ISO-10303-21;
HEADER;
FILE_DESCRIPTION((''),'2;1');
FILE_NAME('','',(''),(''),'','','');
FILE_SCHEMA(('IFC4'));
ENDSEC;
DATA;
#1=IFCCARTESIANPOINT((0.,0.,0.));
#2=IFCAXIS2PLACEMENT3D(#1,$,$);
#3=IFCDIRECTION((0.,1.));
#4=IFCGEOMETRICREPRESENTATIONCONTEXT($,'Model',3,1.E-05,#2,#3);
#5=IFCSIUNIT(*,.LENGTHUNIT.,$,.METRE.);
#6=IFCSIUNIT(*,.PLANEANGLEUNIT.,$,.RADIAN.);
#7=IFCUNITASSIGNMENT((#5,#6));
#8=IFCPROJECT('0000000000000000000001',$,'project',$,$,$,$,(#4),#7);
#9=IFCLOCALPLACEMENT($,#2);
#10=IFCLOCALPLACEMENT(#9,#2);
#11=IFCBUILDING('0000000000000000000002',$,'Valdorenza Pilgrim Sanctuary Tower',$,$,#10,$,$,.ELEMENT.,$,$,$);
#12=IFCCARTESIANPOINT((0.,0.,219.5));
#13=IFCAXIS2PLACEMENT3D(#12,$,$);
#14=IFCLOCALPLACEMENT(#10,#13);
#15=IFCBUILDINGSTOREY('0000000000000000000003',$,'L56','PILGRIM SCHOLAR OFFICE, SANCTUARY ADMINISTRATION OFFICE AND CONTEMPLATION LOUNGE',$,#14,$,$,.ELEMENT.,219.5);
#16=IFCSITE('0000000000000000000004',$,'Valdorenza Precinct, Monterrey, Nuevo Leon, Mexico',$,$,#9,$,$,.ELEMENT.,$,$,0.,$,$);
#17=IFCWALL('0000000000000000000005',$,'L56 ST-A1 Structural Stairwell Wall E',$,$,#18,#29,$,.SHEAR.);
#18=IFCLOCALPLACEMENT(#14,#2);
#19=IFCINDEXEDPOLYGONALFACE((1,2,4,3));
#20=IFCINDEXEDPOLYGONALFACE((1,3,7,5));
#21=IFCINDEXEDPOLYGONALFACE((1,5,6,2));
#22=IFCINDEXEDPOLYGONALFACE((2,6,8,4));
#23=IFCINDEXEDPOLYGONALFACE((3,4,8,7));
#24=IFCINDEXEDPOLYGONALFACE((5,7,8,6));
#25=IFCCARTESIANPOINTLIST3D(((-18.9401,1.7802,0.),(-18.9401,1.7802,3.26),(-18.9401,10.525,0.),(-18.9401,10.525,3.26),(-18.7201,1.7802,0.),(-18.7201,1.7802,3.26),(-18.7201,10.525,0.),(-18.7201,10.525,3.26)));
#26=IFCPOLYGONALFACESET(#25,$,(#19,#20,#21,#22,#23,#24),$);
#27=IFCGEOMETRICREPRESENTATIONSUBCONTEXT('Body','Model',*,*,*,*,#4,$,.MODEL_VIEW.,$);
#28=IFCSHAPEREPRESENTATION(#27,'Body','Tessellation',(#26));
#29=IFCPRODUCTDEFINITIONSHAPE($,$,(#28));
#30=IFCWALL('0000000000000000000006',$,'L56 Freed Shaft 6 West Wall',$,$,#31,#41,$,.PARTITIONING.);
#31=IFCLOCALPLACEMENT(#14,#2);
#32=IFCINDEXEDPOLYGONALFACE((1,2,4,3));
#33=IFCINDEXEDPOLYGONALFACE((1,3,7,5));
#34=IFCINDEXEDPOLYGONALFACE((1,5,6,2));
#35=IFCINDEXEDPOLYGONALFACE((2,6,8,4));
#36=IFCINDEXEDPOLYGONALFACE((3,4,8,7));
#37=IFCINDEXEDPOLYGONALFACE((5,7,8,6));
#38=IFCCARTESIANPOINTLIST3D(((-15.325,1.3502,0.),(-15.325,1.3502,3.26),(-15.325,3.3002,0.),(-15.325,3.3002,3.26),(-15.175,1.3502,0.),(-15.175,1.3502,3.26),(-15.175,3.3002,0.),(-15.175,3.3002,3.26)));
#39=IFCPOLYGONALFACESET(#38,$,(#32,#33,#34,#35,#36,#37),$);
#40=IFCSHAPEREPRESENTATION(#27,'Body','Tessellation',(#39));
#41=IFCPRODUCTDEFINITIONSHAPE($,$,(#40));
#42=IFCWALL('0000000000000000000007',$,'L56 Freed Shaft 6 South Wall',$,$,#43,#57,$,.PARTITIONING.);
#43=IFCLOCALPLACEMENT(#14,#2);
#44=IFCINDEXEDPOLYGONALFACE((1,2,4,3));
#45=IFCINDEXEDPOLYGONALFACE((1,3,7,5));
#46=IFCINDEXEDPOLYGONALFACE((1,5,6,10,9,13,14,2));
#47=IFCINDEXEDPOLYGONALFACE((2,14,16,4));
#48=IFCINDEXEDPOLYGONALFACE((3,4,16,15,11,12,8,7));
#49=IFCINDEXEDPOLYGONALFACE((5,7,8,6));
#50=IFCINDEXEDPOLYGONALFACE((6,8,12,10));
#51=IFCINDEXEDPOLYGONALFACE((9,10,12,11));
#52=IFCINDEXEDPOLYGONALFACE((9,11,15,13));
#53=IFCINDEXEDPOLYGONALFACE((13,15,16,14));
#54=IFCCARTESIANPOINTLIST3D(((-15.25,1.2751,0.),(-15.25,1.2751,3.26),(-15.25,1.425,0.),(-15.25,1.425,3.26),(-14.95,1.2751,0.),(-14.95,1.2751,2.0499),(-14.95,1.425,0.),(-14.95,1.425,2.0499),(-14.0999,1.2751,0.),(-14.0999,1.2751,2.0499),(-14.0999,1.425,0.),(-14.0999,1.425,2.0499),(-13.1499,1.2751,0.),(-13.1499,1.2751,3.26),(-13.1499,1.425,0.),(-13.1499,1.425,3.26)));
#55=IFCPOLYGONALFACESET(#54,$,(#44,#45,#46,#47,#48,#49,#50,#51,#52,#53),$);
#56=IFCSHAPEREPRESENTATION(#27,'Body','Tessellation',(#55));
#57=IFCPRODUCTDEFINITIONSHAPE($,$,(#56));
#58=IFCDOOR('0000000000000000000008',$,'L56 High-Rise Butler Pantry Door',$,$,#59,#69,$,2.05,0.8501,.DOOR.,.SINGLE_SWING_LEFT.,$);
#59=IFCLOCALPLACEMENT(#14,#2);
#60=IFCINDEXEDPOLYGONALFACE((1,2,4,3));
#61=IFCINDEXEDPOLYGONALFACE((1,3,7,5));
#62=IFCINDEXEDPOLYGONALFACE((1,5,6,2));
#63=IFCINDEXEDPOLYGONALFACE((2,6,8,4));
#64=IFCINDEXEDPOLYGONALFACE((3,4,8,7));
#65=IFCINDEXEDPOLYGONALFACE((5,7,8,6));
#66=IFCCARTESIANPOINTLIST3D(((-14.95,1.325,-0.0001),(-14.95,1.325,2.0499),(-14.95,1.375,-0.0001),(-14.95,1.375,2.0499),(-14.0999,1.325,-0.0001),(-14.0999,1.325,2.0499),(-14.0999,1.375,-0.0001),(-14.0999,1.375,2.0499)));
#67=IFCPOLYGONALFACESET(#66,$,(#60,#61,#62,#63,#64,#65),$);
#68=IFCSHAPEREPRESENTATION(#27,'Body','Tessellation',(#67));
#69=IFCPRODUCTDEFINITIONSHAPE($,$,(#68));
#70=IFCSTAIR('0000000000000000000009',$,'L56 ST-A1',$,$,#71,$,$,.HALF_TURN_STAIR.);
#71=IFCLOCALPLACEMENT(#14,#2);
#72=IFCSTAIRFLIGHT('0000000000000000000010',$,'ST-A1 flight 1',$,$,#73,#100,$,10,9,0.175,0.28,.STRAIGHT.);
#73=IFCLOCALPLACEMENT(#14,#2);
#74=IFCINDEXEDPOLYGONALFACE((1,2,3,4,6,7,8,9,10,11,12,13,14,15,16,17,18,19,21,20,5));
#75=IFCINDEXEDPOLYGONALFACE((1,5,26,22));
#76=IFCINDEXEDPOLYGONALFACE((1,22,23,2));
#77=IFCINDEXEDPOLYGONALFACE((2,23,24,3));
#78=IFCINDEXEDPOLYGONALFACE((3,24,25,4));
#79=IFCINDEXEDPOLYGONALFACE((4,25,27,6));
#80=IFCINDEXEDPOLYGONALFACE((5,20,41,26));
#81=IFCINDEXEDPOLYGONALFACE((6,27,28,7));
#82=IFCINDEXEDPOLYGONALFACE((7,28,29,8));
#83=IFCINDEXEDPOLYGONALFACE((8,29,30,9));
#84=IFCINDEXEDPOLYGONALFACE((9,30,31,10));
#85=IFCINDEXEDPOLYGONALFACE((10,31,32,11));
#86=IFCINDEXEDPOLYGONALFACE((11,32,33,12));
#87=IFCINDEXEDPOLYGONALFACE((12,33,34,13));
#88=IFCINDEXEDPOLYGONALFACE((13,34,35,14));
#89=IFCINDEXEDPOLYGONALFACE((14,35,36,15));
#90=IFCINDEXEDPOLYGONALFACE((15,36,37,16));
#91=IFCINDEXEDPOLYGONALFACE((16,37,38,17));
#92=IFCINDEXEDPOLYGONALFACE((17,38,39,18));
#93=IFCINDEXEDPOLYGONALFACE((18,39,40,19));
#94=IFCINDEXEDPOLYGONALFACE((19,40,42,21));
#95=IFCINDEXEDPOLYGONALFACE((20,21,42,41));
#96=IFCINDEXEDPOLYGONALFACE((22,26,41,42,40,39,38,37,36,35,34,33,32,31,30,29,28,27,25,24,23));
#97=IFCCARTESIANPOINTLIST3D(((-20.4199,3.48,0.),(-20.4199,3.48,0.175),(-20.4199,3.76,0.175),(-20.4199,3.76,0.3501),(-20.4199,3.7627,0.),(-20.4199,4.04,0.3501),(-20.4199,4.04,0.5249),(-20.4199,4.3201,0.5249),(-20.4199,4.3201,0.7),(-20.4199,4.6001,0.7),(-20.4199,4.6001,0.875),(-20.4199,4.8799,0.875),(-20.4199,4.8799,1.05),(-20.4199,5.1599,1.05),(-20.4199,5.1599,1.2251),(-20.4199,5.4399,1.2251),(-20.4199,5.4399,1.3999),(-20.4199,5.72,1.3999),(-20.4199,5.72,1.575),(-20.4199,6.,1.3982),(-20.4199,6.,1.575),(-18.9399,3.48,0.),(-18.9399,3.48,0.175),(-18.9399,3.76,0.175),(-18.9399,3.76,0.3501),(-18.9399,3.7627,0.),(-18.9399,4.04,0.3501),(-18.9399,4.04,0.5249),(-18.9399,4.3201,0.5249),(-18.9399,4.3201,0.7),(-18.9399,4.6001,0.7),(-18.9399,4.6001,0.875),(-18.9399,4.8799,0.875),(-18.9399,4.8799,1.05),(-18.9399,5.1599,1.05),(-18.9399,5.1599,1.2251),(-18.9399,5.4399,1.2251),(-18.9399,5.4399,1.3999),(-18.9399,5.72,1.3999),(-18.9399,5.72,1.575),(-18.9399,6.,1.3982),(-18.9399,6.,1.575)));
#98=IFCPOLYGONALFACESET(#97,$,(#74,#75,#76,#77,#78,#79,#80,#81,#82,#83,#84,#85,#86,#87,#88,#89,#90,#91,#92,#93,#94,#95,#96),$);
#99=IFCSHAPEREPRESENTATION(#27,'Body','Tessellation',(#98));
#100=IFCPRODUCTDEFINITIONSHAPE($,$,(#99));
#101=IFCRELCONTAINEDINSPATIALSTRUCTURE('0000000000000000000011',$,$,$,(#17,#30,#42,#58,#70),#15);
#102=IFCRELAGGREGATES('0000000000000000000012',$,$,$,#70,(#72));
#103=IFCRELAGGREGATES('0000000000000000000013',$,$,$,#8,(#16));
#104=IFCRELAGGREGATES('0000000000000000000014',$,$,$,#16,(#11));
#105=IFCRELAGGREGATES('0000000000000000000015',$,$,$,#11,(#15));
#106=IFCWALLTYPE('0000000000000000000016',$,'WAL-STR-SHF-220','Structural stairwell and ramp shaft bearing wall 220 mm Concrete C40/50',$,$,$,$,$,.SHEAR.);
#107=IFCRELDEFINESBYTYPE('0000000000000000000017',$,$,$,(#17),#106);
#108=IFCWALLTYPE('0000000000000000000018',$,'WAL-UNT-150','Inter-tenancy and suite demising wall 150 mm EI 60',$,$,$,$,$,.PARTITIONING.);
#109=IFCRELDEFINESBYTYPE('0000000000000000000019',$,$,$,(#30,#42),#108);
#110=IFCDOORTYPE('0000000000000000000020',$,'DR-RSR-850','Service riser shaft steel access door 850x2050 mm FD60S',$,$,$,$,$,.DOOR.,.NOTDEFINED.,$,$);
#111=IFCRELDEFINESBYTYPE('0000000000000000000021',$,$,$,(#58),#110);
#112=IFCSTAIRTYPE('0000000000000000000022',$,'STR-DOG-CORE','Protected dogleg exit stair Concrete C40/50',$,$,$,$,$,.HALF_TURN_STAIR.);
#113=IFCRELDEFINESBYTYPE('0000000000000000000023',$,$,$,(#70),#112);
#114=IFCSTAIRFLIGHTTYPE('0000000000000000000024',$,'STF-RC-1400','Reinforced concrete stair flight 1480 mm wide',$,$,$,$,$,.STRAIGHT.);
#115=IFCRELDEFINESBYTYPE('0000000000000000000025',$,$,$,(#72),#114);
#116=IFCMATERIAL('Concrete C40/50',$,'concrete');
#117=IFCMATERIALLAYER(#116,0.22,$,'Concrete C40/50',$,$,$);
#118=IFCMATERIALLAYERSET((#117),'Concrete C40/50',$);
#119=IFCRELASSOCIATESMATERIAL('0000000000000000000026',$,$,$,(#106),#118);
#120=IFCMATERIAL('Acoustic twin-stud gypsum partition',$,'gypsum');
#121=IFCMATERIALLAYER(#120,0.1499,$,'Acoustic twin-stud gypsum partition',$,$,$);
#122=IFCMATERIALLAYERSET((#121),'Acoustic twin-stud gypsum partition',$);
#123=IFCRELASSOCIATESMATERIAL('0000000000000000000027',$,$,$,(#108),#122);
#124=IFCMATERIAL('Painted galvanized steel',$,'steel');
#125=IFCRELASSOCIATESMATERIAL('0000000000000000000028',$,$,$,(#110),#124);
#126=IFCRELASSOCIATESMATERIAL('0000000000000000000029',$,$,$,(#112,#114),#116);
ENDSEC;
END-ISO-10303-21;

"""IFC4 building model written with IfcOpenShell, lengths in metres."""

from ifc_helpers import new_model, si_unit, direction, frame, frame_2d, origin, place, context, subcontext, project, spatial, polyline, rectangle, outline, extrude, material, layer, layer_set, type_object, element, fill, aggregate, save


model = new_model("IFC4")

# Units and contexts
model_context = context("Model", 3, precision=1e-05, world=origin(), true_north=direction((0.0, 1.0)))
body_context = subcontext(model_context, "Body", "Model", "MODEL_VIEW")
ifc_project = project(units=[si_unit("LENGTHUNIT", "METRE"), si_unit("PLANEANGLEUNIT", "RADIAN")], contexts=[model_context])

# Site, building, storey
site_placement = place(None, origin())
site = spatial("IfcSite", under=ifc_project, at=site_placement, Name="Valdorenza Precinct, Monterrey, Nuevo Leon, Mexico", CompositionType="ELEMENT", RefElevation=0.0)
building_placement = place(site_placement, origin())
building = spatial("IfcBuilding", under=site, at=building_placement, Name="Valdorenza Pilgrim Sanctuary Tower", CompositionType="ELEMENT")
storey_placement = place(building_placement, frame((0.0, 0.0, 219.5)))
storey = spatial("IfcBuildingStorey", under=building, at=storey_placement, Name="L56", Description="PILGRIM SCHOLAR OFFICE, SANCTUARY ADMINISTRATION OFFICE AND CONTEMPLATION LOUNGE", CompositionType="ELEMENT", Elevation=219.5)

# Shared definitions
ifc_material_1 = material(Name="Acoustic twin-stud gypsum partition", Category="gypsum")

# Walls
ifc_material_2 = material(Name="Concrete C40/50", Category="concrete")
ifc_layer_1 = layer(ifc_material_2, 0.22, Name="Concrete C40/50")
ifc_layer_set_1 = layer_set([ifc_layer_1], Name="Concrete C40/50")
wall_type_1 = type_object("IfcWallType", Name="WAL-STR-SHF-220", Description="Structural stairwell and ramp shaft bearing wall 220 mm Concrete C40/50", PredefinedType="SHEAR", material=ifc_layer_set_1)
wall_1_placement = place(storey_placement, frame((-18.8301, 1.78, 0.0), z_axis=(0.0, 0.0, 1.0), x_axis=(0.0, 1.0, 0.0)))
element("IfcWall", 1, at=wall_1_placement, inside=storey, type_object=wall_type_1, Name="L56 ST-A1 Structural Stairwell Wall E", PredefinedType="SHEAR", context=body_context, shape_type="SweptSolid", body=[
    extrude(rectangle(XDim=8.7449, YDim=0.22, at=frame_2d((4.3726, 0.0))), origin(), (0.0, 0.0, 1.0), 3.26),
])
ifc_layer_2 = layer(ifc_material_1, 0.1499, Name="Acoustic twin-stud gypsum partition")
ifc_layer_set_2 = layer_set([ifc_layer_2], Name="Acoustic twin-stud gypsum partition")
wall_type_2 = type_object("IfcWallType", Name="WAL-UNT-150", Description="Inter-tenancy and suite demising wall 150 mm EI 60", PredefinedType="PARTITIONING", material=ifc_layer_set_2)
wall_2_placement = place(storey_placement, frame((-15.25, 1.3501, 0.0), z_axis=(0.0, 0.0, 1.0), x_axis=(0.0, 1.0, 0.0)))
element("IfcWall", 2, at=wall_2_placement, inside=storey, type_object=wall_type_2, Name="L56 Freed Shaft 6 West Wall", PredefinedType="PARTITIONING", context=body_context, shape_type="SweptSolid", body=[
    extrude(rectangle(XDim=1.95, YDim=0.1499, at=frame_2d((0.9751, 0.0))), origin(), (0.0, 0.0, 1.0), 3.26),
])

# Wall, opening, door
wall_3_placement = place(storey_placement, frame((-15.25, 1.3501, 0.0), z_axis=(0.0, 0.0, 1.0), x_axis=(1.0, 0.0, 0.0)))
wall_3 = element("IfcWall", 3, at=wall_3_placement, inside=storey, type_object=wall_type_2, Name="L56 Freed Shaft 6 South Wall", PredefinedType="PARTITIONING", context=body_context, shape_type="SweptSolid", body=[
    extrude(rectangle(XDim=2.1001, YDim=0.1499, at=frame_2d((1.05, 0.0))), origin(), (0.0, 0.0, 1.0), 3.26),
])
opening_1_placement = place(wall_3_placement, frame((0.3, 0.0, 0.0)))
opening_1 = element("IfcOpeningElement", 4, at=opening_1_placement, cuts=wall_3, PredefinedType="OPENING", context=body_context, shape_type="SweptSolid", body=[
    extrude(rectangle(XDim=0.8501, YDim=2.05, at=frame_2d((0.425, 1.0249))), frame((0.0, 0.0898, 0.0), z_axis=(0.0, -1.0, 0.0), x_axis=(1.0, 0.0, 0.0)), (0.0, 0.0, 1.0), 0.1797),
])
ifc_material_3 = material(Name="Painted galvanized steel", Category="steel")
door_type_1 = type_object("IfcDoorType", Name="DR-RSR-850", Description="Service riser shaft steel access door 850x2050 mm FD60S", OperationType="NOTDEFINED", PredefinedType="DOOR", material=ifc_material_3)
door_1_placement = place(opening_1_placement, origin())
door_1 = element("IfcDoor", 5, at=door_1_placement, inside=storey, type_object=door_type_1, Name="L56 High-Rise Butler Pantry Door", OperationType="SINGLE_SWING_LEFT", OverallHeight=2.05, OverallWidth=0.8501, PredefinedType="DOOR", context=body_context, shape_type="SweptSolid", body=[
    extrude(rectangle(XDim=0.8501, YDim=2.05, at=frame_2d((0.425, 1.0249))), frame((0.0, 0.0249, 0.0), z_axis=(0.0, -1.0, 0.0), x_axis=(1.0, 0.0, 0.0)), (0.0, 0.0, 1.0), 0.05),
])
fill(opening_1, door_1)

# Stair, stair flight
stair_type = type_object("IfcStairType", Name="STR-DOG-CORE", Description="Protected dogleg exit stair Concrete C40/50", PredefinedType="HALF_TURN_STAIR", material=ifc_material_2)
stair_placement = place(storey_placement, origin())
stair = element("IfcStair", 6, at=stair_placement, inside=storey, type_object=stair_type, Name="L56 ST-A1", PredefinedType="HALF_TURN_STAIR")
stair_flight_type = type_object("IfcStairFlightType", Name="STF-RC-1400", Description="Reinforced concrete stair flight 1480 mm wide", PredefinedType="STRAIGHT", material=ifc_material_2)
stair_flight_placement = place(storey_placement, frame((-19.6799, 3.48, 0.0), z_axis=(0.0, 0.0, 1.0), x_axis=(0.0, 1.0, 0.0)))
stair_flight = element("IfcStairFlight", 7, at=stair_flight_placement, type_object=stair_flight_type, Name="ST-A1 flight 1", NumberOfRisers=10, NumberOfTreads=9, PredefinedType="STRAIGHT", RiserHeight=0.175, TreadLength=0.28, context=body_context, shape_type="SweptSolid", body=[
    extrude(outline(polyline([(0.0, 0.0), (0.0, 0.175), (0.28, 0.175), (0.28, 0.3501), (0.5601, 0.3501), (0.5601, 0.5249), (0.8401, 0.5249), (0.8401, 0.7), (1.1201, 0.7), (1.1201, 0.875), (1.3999, 0.875), (1.3999, 1.05), (1.6799, 1.05), (1.6799, 1.2251), (1.96, 1.2251), (1.96, 1.3999), (2.24, 1.3999), (2.24, 1.575), (2.52, 1.575), (2.52, 1.75), (2.52, 1.3982), (0.2827, 0.0), (0.0, 0.0)])), frame((0.0, 0.74, 0.0), z_axis=(0.0, -1.0, 0.0), x_axis=(1.0, 0.0, 0.0)), (0.0, 0.0, 1.0), 1.48),
])
aggregate(stair, [stair_flight])

save(model, "model.ifc")
